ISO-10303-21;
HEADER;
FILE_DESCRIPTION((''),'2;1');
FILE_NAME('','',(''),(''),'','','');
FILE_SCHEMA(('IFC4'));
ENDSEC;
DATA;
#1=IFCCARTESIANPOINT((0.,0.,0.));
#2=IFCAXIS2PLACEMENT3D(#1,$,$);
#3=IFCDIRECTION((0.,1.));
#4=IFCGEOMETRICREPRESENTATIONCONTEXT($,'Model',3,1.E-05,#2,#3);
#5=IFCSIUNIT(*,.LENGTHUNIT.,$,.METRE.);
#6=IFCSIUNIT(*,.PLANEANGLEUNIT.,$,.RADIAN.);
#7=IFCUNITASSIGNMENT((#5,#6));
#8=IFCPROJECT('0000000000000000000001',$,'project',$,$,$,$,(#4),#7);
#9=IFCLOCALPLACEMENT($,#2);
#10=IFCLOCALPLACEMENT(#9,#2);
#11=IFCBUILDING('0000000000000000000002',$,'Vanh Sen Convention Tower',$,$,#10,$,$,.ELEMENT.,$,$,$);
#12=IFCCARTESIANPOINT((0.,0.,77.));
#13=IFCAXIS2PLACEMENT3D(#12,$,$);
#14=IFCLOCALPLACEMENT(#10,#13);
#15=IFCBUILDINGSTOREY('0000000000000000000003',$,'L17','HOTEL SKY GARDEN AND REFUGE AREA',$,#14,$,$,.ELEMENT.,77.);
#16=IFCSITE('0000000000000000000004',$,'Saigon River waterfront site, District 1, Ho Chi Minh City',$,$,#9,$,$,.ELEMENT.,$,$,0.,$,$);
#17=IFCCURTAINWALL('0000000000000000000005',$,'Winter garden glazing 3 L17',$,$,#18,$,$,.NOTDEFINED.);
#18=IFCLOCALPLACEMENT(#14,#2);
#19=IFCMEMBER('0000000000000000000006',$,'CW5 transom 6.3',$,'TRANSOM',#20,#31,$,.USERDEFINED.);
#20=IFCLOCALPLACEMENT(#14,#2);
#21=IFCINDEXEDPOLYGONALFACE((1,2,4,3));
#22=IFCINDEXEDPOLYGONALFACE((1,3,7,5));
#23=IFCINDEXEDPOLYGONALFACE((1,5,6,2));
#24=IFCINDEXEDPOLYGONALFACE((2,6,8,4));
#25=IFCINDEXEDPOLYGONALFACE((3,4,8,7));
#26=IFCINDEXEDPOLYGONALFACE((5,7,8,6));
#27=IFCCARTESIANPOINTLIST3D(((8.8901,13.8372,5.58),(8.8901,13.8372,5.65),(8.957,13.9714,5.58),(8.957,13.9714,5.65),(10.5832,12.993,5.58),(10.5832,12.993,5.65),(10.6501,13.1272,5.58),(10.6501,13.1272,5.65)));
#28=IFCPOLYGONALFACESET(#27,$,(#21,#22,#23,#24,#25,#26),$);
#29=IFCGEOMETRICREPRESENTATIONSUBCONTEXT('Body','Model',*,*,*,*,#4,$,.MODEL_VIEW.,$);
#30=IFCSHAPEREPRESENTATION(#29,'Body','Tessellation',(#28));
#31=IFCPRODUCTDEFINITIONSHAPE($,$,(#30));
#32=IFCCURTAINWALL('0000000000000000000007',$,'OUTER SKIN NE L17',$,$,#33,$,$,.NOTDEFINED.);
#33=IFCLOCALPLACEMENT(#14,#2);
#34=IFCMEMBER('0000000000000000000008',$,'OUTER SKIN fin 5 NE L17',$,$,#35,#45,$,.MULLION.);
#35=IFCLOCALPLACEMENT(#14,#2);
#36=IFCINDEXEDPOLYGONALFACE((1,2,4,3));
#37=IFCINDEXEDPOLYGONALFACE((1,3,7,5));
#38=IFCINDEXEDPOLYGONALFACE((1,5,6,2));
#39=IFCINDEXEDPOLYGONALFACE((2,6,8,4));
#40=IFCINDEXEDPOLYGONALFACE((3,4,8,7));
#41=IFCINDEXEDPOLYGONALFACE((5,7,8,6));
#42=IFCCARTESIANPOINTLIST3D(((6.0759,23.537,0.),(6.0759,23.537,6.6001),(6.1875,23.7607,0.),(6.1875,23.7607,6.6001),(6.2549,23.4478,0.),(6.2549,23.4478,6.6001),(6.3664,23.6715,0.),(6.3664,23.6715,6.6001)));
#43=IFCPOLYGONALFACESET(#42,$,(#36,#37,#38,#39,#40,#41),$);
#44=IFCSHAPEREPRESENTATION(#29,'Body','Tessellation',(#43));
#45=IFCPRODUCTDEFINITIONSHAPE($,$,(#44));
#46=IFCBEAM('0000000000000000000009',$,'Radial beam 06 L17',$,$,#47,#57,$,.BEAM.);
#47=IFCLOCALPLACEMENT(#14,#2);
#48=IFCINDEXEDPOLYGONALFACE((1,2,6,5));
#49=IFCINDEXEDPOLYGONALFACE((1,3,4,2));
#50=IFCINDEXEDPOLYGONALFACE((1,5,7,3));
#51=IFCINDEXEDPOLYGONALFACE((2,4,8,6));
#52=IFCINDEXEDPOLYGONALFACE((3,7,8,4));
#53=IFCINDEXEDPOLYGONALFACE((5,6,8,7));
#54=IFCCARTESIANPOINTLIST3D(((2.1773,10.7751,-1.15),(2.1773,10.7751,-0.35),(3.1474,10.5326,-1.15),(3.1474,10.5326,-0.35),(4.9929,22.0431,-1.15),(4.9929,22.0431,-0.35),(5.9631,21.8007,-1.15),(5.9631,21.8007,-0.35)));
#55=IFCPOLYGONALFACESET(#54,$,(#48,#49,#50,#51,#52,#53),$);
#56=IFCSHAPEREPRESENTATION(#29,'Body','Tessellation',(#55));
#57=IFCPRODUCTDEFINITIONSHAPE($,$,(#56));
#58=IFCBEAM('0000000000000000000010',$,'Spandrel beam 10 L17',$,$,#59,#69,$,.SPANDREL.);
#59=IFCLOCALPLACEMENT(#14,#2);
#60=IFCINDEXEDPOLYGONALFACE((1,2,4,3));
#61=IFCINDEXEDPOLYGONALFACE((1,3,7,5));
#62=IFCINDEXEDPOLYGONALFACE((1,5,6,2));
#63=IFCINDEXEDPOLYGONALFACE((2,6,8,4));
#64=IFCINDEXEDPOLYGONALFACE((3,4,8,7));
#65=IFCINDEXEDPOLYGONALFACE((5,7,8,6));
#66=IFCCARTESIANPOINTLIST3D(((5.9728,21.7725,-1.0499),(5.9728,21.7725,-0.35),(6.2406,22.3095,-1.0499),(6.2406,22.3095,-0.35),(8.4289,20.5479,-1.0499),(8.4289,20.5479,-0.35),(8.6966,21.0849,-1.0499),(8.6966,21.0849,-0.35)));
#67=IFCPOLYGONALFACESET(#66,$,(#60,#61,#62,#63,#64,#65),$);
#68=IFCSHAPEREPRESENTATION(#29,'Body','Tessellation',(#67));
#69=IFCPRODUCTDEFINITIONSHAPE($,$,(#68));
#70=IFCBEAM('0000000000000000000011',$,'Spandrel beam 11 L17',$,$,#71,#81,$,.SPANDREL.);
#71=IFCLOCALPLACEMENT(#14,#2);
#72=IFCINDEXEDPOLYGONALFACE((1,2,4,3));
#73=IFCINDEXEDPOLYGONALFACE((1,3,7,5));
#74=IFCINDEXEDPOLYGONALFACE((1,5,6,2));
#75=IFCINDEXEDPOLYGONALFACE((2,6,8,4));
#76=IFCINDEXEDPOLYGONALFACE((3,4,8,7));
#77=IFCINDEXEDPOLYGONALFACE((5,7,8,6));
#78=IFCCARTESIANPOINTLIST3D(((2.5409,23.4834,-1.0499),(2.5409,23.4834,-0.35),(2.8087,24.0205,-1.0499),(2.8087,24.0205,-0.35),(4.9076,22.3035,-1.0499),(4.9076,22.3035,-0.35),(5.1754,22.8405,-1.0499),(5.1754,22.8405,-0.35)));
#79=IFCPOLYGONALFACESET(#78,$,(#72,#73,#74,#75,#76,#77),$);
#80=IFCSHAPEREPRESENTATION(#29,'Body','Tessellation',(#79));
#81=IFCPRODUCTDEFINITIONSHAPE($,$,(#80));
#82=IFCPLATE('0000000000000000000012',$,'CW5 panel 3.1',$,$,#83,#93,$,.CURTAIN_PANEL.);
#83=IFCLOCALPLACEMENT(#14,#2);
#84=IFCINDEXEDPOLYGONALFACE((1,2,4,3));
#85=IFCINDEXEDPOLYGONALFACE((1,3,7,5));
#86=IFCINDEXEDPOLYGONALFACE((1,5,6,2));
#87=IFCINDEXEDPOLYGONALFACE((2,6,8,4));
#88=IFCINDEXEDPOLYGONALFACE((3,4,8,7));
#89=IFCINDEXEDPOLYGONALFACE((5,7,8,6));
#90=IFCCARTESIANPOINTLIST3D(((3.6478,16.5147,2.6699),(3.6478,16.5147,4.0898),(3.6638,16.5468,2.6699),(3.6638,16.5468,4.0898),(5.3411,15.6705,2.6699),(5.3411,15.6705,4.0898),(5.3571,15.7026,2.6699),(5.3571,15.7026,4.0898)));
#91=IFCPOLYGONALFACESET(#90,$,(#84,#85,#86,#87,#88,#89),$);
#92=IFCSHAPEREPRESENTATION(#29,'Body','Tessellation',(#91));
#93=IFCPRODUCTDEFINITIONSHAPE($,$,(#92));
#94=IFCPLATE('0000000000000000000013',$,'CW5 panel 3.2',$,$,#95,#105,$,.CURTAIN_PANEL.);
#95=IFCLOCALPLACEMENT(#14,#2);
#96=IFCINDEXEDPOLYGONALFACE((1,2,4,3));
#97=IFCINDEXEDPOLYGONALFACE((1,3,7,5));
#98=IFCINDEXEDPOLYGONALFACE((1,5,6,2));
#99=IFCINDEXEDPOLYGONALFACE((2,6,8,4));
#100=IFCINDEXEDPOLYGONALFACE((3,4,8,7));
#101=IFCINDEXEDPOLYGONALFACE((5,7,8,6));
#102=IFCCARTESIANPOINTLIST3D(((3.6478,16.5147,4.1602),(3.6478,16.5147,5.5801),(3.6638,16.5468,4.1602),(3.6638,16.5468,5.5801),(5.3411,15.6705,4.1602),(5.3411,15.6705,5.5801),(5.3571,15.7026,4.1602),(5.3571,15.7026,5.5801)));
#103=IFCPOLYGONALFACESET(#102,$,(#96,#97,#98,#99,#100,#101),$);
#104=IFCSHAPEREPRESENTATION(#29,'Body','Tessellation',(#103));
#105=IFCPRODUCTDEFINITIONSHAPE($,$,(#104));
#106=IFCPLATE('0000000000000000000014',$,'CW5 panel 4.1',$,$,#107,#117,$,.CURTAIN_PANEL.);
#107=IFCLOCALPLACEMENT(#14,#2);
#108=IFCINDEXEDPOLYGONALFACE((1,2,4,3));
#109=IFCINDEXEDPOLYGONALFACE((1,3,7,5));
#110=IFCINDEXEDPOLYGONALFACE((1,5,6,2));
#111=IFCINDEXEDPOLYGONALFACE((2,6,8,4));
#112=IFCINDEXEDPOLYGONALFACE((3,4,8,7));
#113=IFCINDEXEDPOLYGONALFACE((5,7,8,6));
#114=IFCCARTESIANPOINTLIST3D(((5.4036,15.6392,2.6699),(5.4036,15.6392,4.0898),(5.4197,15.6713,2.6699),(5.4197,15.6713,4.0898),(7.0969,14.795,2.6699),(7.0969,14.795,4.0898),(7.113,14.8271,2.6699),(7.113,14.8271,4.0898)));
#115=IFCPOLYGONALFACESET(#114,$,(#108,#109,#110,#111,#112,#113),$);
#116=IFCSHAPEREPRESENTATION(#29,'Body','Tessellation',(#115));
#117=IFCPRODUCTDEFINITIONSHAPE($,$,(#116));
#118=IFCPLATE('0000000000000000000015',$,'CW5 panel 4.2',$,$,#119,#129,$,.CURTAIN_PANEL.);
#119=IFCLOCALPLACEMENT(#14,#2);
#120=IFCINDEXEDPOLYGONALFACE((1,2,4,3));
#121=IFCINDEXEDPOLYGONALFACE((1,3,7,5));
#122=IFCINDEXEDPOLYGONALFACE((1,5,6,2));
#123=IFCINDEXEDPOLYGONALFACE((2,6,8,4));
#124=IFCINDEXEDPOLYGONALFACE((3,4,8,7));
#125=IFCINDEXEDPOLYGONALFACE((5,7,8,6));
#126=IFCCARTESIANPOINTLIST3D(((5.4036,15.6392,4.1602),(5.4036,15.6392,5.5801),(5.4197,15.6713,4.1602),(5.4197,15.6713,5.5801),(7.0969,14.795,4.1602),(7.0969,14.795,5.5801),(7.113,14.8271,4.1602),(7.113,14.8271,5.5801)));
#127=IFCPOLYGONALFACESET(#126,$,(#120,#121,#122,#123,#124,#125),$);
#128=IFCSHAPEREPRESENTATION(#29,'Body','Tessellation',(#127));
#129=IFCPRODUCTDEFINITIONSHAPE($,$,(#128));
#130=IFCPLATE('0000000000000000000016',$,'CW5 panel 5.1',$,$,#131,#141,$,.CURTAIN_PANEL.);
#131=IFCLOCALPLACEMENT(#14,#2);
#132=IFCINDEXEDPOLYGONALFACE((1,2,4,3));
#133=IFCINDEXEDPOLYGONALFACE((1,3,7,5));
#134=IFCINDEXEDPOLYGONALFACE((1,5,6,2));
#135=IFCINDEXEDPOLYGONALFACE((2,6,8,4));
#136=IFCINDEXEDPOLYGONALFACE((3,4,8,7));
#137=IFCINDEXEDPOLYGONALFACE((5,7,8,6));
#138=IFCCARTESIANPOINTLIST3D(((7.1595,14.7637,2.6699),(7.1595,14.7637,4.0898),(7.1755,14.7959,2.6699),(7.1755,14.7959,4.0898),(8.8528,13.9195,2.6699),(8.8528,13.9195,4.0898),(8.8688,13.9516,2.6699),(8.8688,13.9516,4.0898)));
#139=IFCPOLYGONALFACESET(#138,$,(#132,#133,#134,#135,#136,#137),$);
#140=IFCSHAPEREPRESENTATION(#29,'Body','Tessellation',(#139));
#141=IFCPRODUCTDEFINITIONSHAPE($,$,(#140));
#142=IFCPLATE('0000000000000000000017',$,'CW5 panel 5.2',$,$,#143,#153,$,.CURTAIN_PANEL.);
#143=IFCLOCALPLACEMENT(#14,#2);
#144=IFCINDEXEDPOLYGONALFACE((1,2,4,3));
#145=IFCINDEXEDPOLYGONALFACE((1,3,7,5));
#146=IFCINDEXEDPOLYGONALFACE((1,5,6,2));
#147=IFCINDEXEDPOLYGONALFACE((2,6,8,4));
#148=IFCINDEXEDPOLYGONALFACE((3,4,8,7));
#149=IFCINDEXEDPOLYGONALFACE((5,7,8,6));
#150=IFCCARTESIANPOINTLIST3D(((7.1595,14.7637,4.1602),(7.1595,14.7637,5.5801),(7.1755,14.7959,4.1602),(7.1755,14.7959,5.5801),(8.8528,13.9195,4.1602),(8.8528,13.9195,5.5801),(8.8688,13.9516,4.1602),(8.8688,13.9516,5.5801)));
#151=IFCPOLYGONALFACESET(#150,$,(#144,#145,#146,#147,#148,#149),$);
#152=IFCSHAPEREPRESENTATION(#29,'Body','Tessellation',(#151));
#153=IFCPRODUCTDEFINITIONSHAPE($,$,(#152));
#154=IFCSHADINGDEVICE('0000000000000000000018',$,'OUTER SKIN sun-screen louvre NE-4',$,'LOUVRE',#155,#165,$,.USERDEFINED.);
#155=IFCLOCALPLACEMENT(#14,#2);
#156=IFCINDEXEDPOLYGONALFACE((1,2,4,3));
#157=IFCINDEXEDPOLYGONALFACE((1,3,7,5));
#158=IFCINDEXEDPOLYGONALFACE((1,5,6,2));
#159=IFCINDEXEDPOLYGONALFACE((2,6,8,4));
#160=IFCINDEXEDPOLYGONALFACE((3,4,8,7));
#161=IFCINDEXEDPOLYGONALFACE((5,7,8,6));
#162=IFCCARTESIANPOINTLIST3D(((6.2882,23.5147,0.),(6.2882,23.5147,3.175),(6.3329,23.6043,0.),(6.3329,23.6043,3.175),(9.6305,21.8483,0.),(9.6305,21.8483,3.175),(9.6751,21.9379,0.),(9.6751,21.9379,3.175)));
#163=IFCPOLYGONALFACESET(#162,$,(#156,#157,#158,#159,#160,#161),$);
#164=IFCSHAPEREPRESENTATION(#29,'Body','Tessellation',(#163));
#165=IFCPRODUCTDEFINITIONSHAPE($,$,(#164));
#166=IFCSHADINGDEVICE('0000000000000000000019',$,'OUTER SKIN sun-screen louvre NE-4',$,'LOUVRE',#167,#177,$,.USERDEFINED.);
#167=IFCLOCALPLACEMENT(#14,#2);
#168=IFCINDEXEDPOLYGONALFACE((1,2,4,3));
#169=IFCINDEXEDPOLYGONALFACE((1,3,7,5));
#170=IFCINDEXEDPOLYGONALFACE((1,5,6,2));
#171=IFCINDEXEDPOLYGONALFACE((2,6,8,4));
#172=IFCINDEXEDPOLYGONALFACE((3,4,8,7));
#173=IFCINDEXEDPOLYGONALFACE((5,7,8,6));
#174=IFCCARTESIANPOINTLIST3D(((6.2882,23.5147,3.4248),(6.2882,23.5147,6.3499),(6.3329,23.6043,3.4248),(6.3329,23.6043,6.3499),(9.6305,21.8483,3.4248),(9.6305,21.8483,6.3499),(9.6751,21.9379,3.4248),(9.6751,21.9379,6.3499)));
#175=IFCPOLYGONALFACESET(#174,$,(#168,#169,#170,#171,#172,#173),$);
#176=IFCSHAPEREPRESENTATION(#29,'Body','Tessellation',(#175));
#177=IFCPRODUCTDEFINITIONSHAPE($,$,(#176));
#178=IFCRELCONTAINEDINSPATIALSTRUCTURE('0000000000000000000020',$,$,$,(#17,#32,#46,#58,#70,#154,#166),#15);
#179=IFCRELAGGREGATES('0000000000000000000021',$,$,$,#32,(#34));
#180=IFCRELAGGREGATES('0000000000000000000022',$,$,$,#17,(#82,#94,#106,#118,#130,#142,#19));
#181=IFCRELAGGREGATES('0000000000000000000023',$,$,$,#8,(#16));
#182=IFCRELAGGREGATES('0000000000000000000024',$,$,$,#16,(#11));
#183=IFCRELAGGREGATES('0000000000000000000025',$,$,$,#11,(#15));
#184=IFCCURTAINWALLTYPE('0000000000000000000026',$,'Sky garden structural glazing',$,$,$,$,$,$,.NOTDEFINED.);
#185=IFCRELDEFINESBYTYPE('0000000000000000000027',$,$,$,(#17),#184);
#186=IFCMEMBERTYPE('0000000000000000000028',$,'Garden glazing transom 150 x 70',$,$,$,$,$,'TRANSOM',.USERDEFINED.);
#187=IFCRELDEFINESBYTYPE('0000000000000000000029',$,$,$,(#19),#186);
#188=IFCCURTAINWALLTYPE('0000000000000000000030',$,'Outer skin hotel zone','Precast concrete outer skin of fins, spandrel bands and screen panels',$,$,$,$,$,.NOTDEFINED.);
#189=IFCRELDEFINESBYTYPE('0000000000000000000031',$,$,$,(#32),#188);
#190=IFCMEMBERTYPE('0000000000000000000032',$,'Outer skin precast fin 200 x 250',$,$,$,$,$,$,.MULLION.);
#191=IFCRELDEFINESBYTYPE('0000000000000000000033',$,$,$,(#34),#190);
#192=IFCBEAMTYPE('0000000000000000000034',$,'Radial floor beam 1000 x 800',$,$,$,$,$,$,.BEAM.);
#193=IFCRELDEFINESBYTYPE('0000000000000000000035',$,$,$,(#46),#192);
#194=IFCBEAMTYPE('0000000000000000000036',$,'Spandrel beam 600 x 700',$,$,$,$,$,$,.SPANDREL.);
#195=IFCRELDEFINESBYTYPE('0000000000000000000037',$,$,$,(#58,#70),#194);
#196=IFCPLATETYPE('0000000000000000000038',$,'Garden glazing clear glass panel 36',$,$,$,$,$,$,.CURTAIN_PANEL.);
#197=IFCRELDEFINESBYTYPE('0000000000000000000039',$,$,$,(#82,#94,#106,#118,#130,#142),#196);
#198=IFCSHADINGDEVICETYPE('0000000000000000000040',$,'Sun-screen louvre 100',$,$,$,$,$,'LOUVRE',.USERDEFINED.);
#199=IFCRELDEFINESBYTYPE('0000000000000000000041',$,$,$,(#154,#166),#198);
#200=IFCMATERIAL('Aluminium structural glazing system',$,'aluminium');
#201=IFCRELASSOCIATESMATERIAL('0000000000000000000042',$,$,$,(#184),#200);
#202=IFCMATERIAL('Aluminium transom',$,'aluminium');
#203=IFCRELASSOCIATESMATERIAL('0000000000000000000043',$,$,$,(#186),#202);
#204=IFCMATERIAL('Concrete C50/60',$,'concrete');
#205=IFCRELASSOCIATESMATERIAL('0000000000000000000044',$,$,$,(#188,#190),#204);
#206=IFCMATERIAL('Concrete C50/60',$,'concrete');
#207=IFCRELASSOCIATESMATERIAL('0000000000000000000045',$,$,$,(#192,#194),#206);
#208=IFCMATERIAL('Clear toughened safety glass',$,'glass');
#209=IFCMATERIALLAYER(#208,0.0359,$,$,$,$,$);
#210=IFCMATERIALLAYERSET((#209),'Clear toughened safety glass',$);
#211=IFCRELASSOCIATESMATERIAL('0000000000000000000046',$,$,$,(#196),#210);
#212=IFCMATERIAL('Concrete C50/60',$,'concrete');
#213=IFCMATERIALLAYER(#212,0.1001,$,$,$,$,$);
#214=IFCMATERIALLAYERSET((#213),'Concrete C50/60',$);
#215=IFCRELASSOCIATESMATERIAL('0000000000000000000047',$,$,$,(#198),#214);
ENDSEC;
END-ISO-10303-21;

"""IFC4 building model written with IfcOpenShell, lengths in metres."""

from ifc_helpers import new_model, si_unit, direction, frame, origin, origin_2d, place, context, subcontext, project, spatial, rectangle, extrude, material, layer, layer_set, material_profile, profile_set, type_object, element, aggregate, save


model = new_model("IFC4")

# Units and contexts
model_context = context("Model", 3, precision=1e-05, world=origin(), true_north=direction((0.0, 1.0)))
body_context = subcontext(model_context, "Body", "Model", "MODEL_VIEW")
ifc_project = project(units=[si_unit("LENGTHUNIT", "METRE"), si_unit("PLANEANGLEUNIT", "RADIAN")], contexts=[model_context])

# Site, building, storey
site_placement = place(None, origin())
site = spatial("IfcSite", under=ifc_project, at=site_placement, Name="Saigon River waterfront site, District 1, Ho Chi Minh City", CompositionType="ELEMENT", RefElevation=0.0)
building_placement = place(site_placement, origin())
building = spatial("IfcBuilding", under=site, at=building_placement, Name="Vanh Sen Convention Tower", CompositionType="ELEMENT")
storey_placement = place(building_placement, frame((0.0, 0.0, 77.0)))
storey = spatial("IfcBuildingStorey", under=building, at=storey_placement, Name="L17", Description="HOTEL SKY GARDEN AND REFUGE AREA", CompositionType="ELEMENT", Elevation=77.0)

# Curtain wall, member
ifc_material_1 = material(Name="Aluminium structural glazing system", Category="aluminium")
curtain_wall_type_1 = type_object("IfcCurtainWallType", Name="Sky garden structural glazing", PredefinedType="NOTDEFINED", material=ifc_material_1)
curtain_wall_1_placement = place(storey_placement, origin())
curtain_wall_1 = element("IfcCurtainWall", 1, at=curtain_wall_1_placement, inside=storey, type_object=curtain_wall_type_1, Name="Winter garden glazing 3 L17", PredefinedType="NOTDEFINED")
ifc_material_2 = material(Name="Aluminium transom", Category="aluminium")
ifc_material_profile_1 = material_profile(ifc_material_2, rectangle(XDim=0.1499, YDim=0.0701, at=origin_2d()), Name="Garden glazing transom 150 x 70")
ifc_profile_set_1 = profile_set([ifc_material_profile_1], Name="Aluminium transom")
member_type_1 = type_object("IfcMemberType", Name="Garden glazing transom 150 x 70", ElementType="TRANSOM", PredefinedType="USERDEFINED", material=ifc_profile_set_1)
member_1_placement = place(storey_placement, frame((8.9236, 13.9043, 5.615), z_axis=(0.894917, -0.446233, 0.0), x_axis=(0.446233, 0.894917, 0.0)))
member_1 = element("IfcMember", 2, at=member_1_placement, type_object=member_type_1, Name="CW5 transom 6.3", ObjectType="TRANSOM", PredefinedType="USERDEFINED", context=body_context, shape_type="SweptSolid", body=[
    extrude(rectangle(XDim=0.1499, YDim=0.0701, at=origin_2d()), origin(), (0.0, 0.0, 1.0), 1.8918),
])

# Curtain wall, member
ifc_material_3 = material(Name="Concrete C50/60", Category="concrete")
curtain_wall_type_2 = type_object("IfcCurtainWallType", Name="Outer skin hotel zone", Description="Precast concrete outer skin of fins, spandrel bands and screen panels", PredefinedType="NOTDEFINED", material=ifc_material_3)
curtain_wall_2_placement = place(storey_placement, origin())
curtain_wall_2 = element("IfcCurtainWall", 3, at=curtain_wall_2_placement, inside=storey, type_object=curtain_wall_type_2, Name="OUTER SKIN NE L17", PredefinedType="NOTDEFINED")
ifc_material_profile_2 = material_profile(ifc_material_3, rectangle(XDim=0.2, YDim=0.25, at=origin_2d()), Name="Outer skin precast fin 200 x 250")
ifc_profile_set_2 = profile_set([ifc_material_profile_2], Name="Concrete C50/60")
member_type_2 = type_object("IfcMemberType", Name="Outer skin precast fin 200 x 250", PredefinedType="MULLION", material=ifc_profile_set_2)
member_2_placement = place(storey_placement, frame((6.2212, 23.6042, 0.0), z_axis=(0.0, 0.0, 1.0), x_axis=(-0.894934, 0.446198, 0.0)))
member_2 = element("IfcMember", 4, at=member_2_placement, type_object=member_type_2, Name="OUTER SKIN fin 5 NE L17", PredefinedType="MULLION", context=body_context, shape_type="SweptSolid", body=[
    extrude(rectangle(XDim=0.2, YDim=0.25, at=origin_2d()), origin(), (0.0, 0.0, 1.0), 6.6001),
])
aggregate(curtain_wall_2, [member_2])

# Beams
ifc_material_4 = material(Name="Concrete C50/60", Category="concrete")
ifc_material_profile_3 = material_profile(ifc_material_4, rectangle(XDim=1.0, YDim=0.8, at=origin_2d()), Name="RC 1000X800")
ifc_profile_set_3 = profile_set([ifc_material_profile_3], Name="Concrete C50/60")
beam_type_1 = type_object("IfcBeamType", Name="Radial floor beam 1000 x 800", PredefinedType="BEAM", material=ifc_profile_set_3)
beam_1_placement = place(storey_placement, frame((5.478, 21.9219, -0.75), z_axis=(-0.242427, -0.97017, 0.0), x_axis=(0.97017, -0.242427, 0.0)))
element("IfcBeam", 5, at=beam_1_placement, inside=storey, type_object=beam_type_1, Name="Radial beam 06 L17", PredefinedType="BEAM", context=body_context, shape_type="SweptSolid", body=[
    extrude(rectangle(XDim=1.0, YDim=0.8, at=origin_2d()), origin(), (0.0, 0.0, 1.0), 11.6145),
])
ifc_material_profile_4 = material_profile(ifc_material_4, rectangle(XDim=0.6001, YDim=0.7, at=origin_2d()), Name="RC 600X700")
ifc_profile_set_4 = profile_set([ifc_material_profile_4], Name="Concrete C50/60")
beam_type_2 = type_object("IfcBeamType", Name="Spandrel beam 600 x 700", PredefinedType="SPANDREL", material=ifc_profile_set_4)
beam_2_placement = place(storey_placement, frame((8.5627, 20.8164, -0.7), z_axis=(-0.894925, 0.446217, 0.0), x_axis=(-0.446217, -0.894925, 0.0)))
element("IfcBeam", 6, at=beam_2_placement, inside=storey, type_object=beam_type_2, Name="Spandrel beam 10 L17", PredefinedType="SPANDREL", context=body_context, shape_type="SweptSolid", body=[
    extrude(rectangle(XDim=0.6001, YDim=0.7, at=origin_2d()), origin(), (0.0, 0.0, 1.0), 2.7444),
])
beam_3_placement = place(storey_placement, frame((5.0415, 22.572, -0.7), z_axis=(-0.894944, 0.446179, 0.0), x_axis=(-0.446179, -0.894944, 0.0)))
element("IfcBeam", 7, at=beam_3_placement, inside=storey, type_object=beam_type_2, Name="Spandrel beam 11 L17", PredefinedType="SPANDREL", context=body_context, shape_type="SweptSolid", body=[
    extrude(rectangle(XDim=0.6001, YDim=0.7, at=origin_2d()), origin(), (0.0, 0.0, 1.0), 2.6445),
])

# Plates
ifc_material_5 = material(Name="Clear toughened safety glass", Category="glass")
ifc_layer_1 = layer(ifc_material_5, 0.0359)
ifc_layer_set_1 = layer_set([ifc_layer_1], Name="Clear toughened safety glass")
plate_type = type_object("IfcPlateType", Name="Garden glazing clear glass panel 36", PredefinedType="CURTAIN_PANEL", material=ifc_layer_set_1)
plate_1_placement = place(storey_placement, frame((4.5024, 16.1086, 2.6699), z_axis=(0.0, 0.0, 1.0), x_axis=(0.894932, -0.446203, 0.0)))
plate_1 = element("IfcPlate", 8, at=plate_1_placement, type_object=plate_type, Name="CW5 panel 3.1", PredefinedType="CURTAIN_PANEL", context=body_context, shape_type="SweptSolid", body=[
    extrude(rectangle(XDim=1.8921, YDim=0.0359, at=origin_2d()), origin(), (0.0, 0.0, 1.0), 1.4199),
])
plate_2_placement = place(storey_placement, frame((4.5024, 16.1086, 4.1602), z_axis=(0.0, 0.0, 1.0), x_axis=(0.894932, -0.446203, 0.0)))
plate_2 = element("IfcPlate", 9, at=plate_2_placement, type_object=plate_type, Name="CW5 panel 3.2", PredefinedType="CURTAIN_PANEL", context=body_context, shape_type="SweptSolid", body=[
    extrude(rectangle(XDim=1.8921, YDim=0.0359, at=origin_2d()), origin(), (0.0, 0.0, 1.0), 1.4199),
])
plate_3_placement = place(storey_placement, frame((6.2583, 15.2332, 2.6699), z_axis=(0.0, 0.0, 1.0), x_axis=(0.894932, -0.446203, 0.0)))
plate_3 = element("IfcPlate", 10, at=plate_3_placement, type_object=plate_type, Name="CW5 panel 4.1", PredefinedType="CURTAIN_PANEL", context=body_context, shape_type="SweptSolid", body=[
    extrude(rectangle(XDim=1.8921, YDim=0.0359, at=origin_2d()), origin(), (0.0, 0.0, 1.0), 1.4199),
])
plate_4_placement = place(storey_placement, frame((6.2583, 15.2332, 4.1602), z_axis=(0.0, 0.0, 1.0), x_axis=(0.894932, -0.446203, 0.0)))
plate_4 = element("IfcPlate", 11, at=plate_4_placement, type_object=plate_type, Name="CW5 panel 4.2", PredefinedType="CURTAIN_PANEL", context=body_context, shape_type="SweptSolid", body=[
    extrude(rectangle(XDim=1.8921, YDim=0.0359, at=origin_2d()), origin(), (0.0, 0.0, 1.0), 1.4199),
])
plate_5_placement = place(storey_placement, frame((8.0142, 14.3577, 2.6699), z_axis=(0.0, 0.0, 1.0), x_axis=(0.894932, -0.446203, 0.0)))
plate_5 = element("IfcPlate", 12, at=plate_5_placement, type_object=plate_type, Name="CW5 panel 5.1", PredefinedType="CURTAIN_PANEL", context=body_context, shape_type="SweptSolid", body=[
    extrude(rectangle(XDim=1.8921, YDim=0.0359, at=origin_2d()), origin(), (0.0, 0.0, 1.0), 1.4199),
])
plate_6_placement = place(storey_placement, frame((8.0142, 14.3577, 4.1602), z_axis=(0.0, 0.0, 1.0), x_axis=(0.894932, -0.446203, 0.0)))
plate_6 = element("IfcPlate", 13, at=plate_6_placement, type_object=plate_type, Name="CW5 panel 5.2", PredefinedType="CURTAIN_PANEL", context=body_context, shape_type="SweptSolid", body=[
    extrude(rectangle(XDim=1.8921, YDim=0.0359, at=origin_2d()), origin(), (0.0, 0.0, 1.0), 1.4199),
])
aggregate(curtain_wall_1, [plate_1, plate_2, plate_3, plate_4, plate_5, plate_6, member_1])

# Shading devices
ifc_material_6 = material(Name="Concrete C50/60", Category="concrete")
ifc_layer_2 = layer(ifc_material_6, 0.1001)
ifc_layer_set_2 = layer_set([ifc_layer_2], Name="Concrete C50/60")
shading_device_type = type_object("IfcShadingDeviceType", Name="Sun-screen louvre 100", ElementType="LOUVRE", PredefinedType="USERDEFINED", material=ifc_layer_set_2)
shading_device_1_placement = place(storey_placement, frame((7.9817, 22.7263, 0.0), z_axis=(0.0, 0.0, 1.0), x_axis=(-0.894935, 0.446196, 0.0)))
element("IfcShadingDevice", 14, at=shading_device_1_placement, inside=storey, type_object=shading_device_type, Name="OUTER SKIN sun-screen louvre NE-4", ObjectType="LOUVRE", PredefinedType="USERDEFINED", context=body_context, shape_type="SweptSolid", body=[
    extrude(rectangle(XDim=3.7346, YDim=0.1001, at=origin_2d()), origin(), (0.0, 0.0, 1.0), 3.175),
])
shading_device_2_placement = place(storey_placement, frame((7.9817, 22.7263, 3.4248), z_axis=(0.0, 0.0, 1.0), x_axis=(-0.894935, 0.446196, 0.0)))
element("IfcShadingDevice", 15, at=shading_device_2_placement, inside=storey, type_object=shading_device_type, Name="OUTER SKIN sun-screen louvre NE-4", ObjectType="LOUVRE", PredefinedType="USERDEFINED", context=body_context, shape_type="SweptSolid", body=[
    extrude(rectangle(XDim=3.7346, YDim=0.1001, at=origin_2d()), origin(), (0.0, 0.0, 1.0), 2.925),
])

save(model, "model.ifc")
